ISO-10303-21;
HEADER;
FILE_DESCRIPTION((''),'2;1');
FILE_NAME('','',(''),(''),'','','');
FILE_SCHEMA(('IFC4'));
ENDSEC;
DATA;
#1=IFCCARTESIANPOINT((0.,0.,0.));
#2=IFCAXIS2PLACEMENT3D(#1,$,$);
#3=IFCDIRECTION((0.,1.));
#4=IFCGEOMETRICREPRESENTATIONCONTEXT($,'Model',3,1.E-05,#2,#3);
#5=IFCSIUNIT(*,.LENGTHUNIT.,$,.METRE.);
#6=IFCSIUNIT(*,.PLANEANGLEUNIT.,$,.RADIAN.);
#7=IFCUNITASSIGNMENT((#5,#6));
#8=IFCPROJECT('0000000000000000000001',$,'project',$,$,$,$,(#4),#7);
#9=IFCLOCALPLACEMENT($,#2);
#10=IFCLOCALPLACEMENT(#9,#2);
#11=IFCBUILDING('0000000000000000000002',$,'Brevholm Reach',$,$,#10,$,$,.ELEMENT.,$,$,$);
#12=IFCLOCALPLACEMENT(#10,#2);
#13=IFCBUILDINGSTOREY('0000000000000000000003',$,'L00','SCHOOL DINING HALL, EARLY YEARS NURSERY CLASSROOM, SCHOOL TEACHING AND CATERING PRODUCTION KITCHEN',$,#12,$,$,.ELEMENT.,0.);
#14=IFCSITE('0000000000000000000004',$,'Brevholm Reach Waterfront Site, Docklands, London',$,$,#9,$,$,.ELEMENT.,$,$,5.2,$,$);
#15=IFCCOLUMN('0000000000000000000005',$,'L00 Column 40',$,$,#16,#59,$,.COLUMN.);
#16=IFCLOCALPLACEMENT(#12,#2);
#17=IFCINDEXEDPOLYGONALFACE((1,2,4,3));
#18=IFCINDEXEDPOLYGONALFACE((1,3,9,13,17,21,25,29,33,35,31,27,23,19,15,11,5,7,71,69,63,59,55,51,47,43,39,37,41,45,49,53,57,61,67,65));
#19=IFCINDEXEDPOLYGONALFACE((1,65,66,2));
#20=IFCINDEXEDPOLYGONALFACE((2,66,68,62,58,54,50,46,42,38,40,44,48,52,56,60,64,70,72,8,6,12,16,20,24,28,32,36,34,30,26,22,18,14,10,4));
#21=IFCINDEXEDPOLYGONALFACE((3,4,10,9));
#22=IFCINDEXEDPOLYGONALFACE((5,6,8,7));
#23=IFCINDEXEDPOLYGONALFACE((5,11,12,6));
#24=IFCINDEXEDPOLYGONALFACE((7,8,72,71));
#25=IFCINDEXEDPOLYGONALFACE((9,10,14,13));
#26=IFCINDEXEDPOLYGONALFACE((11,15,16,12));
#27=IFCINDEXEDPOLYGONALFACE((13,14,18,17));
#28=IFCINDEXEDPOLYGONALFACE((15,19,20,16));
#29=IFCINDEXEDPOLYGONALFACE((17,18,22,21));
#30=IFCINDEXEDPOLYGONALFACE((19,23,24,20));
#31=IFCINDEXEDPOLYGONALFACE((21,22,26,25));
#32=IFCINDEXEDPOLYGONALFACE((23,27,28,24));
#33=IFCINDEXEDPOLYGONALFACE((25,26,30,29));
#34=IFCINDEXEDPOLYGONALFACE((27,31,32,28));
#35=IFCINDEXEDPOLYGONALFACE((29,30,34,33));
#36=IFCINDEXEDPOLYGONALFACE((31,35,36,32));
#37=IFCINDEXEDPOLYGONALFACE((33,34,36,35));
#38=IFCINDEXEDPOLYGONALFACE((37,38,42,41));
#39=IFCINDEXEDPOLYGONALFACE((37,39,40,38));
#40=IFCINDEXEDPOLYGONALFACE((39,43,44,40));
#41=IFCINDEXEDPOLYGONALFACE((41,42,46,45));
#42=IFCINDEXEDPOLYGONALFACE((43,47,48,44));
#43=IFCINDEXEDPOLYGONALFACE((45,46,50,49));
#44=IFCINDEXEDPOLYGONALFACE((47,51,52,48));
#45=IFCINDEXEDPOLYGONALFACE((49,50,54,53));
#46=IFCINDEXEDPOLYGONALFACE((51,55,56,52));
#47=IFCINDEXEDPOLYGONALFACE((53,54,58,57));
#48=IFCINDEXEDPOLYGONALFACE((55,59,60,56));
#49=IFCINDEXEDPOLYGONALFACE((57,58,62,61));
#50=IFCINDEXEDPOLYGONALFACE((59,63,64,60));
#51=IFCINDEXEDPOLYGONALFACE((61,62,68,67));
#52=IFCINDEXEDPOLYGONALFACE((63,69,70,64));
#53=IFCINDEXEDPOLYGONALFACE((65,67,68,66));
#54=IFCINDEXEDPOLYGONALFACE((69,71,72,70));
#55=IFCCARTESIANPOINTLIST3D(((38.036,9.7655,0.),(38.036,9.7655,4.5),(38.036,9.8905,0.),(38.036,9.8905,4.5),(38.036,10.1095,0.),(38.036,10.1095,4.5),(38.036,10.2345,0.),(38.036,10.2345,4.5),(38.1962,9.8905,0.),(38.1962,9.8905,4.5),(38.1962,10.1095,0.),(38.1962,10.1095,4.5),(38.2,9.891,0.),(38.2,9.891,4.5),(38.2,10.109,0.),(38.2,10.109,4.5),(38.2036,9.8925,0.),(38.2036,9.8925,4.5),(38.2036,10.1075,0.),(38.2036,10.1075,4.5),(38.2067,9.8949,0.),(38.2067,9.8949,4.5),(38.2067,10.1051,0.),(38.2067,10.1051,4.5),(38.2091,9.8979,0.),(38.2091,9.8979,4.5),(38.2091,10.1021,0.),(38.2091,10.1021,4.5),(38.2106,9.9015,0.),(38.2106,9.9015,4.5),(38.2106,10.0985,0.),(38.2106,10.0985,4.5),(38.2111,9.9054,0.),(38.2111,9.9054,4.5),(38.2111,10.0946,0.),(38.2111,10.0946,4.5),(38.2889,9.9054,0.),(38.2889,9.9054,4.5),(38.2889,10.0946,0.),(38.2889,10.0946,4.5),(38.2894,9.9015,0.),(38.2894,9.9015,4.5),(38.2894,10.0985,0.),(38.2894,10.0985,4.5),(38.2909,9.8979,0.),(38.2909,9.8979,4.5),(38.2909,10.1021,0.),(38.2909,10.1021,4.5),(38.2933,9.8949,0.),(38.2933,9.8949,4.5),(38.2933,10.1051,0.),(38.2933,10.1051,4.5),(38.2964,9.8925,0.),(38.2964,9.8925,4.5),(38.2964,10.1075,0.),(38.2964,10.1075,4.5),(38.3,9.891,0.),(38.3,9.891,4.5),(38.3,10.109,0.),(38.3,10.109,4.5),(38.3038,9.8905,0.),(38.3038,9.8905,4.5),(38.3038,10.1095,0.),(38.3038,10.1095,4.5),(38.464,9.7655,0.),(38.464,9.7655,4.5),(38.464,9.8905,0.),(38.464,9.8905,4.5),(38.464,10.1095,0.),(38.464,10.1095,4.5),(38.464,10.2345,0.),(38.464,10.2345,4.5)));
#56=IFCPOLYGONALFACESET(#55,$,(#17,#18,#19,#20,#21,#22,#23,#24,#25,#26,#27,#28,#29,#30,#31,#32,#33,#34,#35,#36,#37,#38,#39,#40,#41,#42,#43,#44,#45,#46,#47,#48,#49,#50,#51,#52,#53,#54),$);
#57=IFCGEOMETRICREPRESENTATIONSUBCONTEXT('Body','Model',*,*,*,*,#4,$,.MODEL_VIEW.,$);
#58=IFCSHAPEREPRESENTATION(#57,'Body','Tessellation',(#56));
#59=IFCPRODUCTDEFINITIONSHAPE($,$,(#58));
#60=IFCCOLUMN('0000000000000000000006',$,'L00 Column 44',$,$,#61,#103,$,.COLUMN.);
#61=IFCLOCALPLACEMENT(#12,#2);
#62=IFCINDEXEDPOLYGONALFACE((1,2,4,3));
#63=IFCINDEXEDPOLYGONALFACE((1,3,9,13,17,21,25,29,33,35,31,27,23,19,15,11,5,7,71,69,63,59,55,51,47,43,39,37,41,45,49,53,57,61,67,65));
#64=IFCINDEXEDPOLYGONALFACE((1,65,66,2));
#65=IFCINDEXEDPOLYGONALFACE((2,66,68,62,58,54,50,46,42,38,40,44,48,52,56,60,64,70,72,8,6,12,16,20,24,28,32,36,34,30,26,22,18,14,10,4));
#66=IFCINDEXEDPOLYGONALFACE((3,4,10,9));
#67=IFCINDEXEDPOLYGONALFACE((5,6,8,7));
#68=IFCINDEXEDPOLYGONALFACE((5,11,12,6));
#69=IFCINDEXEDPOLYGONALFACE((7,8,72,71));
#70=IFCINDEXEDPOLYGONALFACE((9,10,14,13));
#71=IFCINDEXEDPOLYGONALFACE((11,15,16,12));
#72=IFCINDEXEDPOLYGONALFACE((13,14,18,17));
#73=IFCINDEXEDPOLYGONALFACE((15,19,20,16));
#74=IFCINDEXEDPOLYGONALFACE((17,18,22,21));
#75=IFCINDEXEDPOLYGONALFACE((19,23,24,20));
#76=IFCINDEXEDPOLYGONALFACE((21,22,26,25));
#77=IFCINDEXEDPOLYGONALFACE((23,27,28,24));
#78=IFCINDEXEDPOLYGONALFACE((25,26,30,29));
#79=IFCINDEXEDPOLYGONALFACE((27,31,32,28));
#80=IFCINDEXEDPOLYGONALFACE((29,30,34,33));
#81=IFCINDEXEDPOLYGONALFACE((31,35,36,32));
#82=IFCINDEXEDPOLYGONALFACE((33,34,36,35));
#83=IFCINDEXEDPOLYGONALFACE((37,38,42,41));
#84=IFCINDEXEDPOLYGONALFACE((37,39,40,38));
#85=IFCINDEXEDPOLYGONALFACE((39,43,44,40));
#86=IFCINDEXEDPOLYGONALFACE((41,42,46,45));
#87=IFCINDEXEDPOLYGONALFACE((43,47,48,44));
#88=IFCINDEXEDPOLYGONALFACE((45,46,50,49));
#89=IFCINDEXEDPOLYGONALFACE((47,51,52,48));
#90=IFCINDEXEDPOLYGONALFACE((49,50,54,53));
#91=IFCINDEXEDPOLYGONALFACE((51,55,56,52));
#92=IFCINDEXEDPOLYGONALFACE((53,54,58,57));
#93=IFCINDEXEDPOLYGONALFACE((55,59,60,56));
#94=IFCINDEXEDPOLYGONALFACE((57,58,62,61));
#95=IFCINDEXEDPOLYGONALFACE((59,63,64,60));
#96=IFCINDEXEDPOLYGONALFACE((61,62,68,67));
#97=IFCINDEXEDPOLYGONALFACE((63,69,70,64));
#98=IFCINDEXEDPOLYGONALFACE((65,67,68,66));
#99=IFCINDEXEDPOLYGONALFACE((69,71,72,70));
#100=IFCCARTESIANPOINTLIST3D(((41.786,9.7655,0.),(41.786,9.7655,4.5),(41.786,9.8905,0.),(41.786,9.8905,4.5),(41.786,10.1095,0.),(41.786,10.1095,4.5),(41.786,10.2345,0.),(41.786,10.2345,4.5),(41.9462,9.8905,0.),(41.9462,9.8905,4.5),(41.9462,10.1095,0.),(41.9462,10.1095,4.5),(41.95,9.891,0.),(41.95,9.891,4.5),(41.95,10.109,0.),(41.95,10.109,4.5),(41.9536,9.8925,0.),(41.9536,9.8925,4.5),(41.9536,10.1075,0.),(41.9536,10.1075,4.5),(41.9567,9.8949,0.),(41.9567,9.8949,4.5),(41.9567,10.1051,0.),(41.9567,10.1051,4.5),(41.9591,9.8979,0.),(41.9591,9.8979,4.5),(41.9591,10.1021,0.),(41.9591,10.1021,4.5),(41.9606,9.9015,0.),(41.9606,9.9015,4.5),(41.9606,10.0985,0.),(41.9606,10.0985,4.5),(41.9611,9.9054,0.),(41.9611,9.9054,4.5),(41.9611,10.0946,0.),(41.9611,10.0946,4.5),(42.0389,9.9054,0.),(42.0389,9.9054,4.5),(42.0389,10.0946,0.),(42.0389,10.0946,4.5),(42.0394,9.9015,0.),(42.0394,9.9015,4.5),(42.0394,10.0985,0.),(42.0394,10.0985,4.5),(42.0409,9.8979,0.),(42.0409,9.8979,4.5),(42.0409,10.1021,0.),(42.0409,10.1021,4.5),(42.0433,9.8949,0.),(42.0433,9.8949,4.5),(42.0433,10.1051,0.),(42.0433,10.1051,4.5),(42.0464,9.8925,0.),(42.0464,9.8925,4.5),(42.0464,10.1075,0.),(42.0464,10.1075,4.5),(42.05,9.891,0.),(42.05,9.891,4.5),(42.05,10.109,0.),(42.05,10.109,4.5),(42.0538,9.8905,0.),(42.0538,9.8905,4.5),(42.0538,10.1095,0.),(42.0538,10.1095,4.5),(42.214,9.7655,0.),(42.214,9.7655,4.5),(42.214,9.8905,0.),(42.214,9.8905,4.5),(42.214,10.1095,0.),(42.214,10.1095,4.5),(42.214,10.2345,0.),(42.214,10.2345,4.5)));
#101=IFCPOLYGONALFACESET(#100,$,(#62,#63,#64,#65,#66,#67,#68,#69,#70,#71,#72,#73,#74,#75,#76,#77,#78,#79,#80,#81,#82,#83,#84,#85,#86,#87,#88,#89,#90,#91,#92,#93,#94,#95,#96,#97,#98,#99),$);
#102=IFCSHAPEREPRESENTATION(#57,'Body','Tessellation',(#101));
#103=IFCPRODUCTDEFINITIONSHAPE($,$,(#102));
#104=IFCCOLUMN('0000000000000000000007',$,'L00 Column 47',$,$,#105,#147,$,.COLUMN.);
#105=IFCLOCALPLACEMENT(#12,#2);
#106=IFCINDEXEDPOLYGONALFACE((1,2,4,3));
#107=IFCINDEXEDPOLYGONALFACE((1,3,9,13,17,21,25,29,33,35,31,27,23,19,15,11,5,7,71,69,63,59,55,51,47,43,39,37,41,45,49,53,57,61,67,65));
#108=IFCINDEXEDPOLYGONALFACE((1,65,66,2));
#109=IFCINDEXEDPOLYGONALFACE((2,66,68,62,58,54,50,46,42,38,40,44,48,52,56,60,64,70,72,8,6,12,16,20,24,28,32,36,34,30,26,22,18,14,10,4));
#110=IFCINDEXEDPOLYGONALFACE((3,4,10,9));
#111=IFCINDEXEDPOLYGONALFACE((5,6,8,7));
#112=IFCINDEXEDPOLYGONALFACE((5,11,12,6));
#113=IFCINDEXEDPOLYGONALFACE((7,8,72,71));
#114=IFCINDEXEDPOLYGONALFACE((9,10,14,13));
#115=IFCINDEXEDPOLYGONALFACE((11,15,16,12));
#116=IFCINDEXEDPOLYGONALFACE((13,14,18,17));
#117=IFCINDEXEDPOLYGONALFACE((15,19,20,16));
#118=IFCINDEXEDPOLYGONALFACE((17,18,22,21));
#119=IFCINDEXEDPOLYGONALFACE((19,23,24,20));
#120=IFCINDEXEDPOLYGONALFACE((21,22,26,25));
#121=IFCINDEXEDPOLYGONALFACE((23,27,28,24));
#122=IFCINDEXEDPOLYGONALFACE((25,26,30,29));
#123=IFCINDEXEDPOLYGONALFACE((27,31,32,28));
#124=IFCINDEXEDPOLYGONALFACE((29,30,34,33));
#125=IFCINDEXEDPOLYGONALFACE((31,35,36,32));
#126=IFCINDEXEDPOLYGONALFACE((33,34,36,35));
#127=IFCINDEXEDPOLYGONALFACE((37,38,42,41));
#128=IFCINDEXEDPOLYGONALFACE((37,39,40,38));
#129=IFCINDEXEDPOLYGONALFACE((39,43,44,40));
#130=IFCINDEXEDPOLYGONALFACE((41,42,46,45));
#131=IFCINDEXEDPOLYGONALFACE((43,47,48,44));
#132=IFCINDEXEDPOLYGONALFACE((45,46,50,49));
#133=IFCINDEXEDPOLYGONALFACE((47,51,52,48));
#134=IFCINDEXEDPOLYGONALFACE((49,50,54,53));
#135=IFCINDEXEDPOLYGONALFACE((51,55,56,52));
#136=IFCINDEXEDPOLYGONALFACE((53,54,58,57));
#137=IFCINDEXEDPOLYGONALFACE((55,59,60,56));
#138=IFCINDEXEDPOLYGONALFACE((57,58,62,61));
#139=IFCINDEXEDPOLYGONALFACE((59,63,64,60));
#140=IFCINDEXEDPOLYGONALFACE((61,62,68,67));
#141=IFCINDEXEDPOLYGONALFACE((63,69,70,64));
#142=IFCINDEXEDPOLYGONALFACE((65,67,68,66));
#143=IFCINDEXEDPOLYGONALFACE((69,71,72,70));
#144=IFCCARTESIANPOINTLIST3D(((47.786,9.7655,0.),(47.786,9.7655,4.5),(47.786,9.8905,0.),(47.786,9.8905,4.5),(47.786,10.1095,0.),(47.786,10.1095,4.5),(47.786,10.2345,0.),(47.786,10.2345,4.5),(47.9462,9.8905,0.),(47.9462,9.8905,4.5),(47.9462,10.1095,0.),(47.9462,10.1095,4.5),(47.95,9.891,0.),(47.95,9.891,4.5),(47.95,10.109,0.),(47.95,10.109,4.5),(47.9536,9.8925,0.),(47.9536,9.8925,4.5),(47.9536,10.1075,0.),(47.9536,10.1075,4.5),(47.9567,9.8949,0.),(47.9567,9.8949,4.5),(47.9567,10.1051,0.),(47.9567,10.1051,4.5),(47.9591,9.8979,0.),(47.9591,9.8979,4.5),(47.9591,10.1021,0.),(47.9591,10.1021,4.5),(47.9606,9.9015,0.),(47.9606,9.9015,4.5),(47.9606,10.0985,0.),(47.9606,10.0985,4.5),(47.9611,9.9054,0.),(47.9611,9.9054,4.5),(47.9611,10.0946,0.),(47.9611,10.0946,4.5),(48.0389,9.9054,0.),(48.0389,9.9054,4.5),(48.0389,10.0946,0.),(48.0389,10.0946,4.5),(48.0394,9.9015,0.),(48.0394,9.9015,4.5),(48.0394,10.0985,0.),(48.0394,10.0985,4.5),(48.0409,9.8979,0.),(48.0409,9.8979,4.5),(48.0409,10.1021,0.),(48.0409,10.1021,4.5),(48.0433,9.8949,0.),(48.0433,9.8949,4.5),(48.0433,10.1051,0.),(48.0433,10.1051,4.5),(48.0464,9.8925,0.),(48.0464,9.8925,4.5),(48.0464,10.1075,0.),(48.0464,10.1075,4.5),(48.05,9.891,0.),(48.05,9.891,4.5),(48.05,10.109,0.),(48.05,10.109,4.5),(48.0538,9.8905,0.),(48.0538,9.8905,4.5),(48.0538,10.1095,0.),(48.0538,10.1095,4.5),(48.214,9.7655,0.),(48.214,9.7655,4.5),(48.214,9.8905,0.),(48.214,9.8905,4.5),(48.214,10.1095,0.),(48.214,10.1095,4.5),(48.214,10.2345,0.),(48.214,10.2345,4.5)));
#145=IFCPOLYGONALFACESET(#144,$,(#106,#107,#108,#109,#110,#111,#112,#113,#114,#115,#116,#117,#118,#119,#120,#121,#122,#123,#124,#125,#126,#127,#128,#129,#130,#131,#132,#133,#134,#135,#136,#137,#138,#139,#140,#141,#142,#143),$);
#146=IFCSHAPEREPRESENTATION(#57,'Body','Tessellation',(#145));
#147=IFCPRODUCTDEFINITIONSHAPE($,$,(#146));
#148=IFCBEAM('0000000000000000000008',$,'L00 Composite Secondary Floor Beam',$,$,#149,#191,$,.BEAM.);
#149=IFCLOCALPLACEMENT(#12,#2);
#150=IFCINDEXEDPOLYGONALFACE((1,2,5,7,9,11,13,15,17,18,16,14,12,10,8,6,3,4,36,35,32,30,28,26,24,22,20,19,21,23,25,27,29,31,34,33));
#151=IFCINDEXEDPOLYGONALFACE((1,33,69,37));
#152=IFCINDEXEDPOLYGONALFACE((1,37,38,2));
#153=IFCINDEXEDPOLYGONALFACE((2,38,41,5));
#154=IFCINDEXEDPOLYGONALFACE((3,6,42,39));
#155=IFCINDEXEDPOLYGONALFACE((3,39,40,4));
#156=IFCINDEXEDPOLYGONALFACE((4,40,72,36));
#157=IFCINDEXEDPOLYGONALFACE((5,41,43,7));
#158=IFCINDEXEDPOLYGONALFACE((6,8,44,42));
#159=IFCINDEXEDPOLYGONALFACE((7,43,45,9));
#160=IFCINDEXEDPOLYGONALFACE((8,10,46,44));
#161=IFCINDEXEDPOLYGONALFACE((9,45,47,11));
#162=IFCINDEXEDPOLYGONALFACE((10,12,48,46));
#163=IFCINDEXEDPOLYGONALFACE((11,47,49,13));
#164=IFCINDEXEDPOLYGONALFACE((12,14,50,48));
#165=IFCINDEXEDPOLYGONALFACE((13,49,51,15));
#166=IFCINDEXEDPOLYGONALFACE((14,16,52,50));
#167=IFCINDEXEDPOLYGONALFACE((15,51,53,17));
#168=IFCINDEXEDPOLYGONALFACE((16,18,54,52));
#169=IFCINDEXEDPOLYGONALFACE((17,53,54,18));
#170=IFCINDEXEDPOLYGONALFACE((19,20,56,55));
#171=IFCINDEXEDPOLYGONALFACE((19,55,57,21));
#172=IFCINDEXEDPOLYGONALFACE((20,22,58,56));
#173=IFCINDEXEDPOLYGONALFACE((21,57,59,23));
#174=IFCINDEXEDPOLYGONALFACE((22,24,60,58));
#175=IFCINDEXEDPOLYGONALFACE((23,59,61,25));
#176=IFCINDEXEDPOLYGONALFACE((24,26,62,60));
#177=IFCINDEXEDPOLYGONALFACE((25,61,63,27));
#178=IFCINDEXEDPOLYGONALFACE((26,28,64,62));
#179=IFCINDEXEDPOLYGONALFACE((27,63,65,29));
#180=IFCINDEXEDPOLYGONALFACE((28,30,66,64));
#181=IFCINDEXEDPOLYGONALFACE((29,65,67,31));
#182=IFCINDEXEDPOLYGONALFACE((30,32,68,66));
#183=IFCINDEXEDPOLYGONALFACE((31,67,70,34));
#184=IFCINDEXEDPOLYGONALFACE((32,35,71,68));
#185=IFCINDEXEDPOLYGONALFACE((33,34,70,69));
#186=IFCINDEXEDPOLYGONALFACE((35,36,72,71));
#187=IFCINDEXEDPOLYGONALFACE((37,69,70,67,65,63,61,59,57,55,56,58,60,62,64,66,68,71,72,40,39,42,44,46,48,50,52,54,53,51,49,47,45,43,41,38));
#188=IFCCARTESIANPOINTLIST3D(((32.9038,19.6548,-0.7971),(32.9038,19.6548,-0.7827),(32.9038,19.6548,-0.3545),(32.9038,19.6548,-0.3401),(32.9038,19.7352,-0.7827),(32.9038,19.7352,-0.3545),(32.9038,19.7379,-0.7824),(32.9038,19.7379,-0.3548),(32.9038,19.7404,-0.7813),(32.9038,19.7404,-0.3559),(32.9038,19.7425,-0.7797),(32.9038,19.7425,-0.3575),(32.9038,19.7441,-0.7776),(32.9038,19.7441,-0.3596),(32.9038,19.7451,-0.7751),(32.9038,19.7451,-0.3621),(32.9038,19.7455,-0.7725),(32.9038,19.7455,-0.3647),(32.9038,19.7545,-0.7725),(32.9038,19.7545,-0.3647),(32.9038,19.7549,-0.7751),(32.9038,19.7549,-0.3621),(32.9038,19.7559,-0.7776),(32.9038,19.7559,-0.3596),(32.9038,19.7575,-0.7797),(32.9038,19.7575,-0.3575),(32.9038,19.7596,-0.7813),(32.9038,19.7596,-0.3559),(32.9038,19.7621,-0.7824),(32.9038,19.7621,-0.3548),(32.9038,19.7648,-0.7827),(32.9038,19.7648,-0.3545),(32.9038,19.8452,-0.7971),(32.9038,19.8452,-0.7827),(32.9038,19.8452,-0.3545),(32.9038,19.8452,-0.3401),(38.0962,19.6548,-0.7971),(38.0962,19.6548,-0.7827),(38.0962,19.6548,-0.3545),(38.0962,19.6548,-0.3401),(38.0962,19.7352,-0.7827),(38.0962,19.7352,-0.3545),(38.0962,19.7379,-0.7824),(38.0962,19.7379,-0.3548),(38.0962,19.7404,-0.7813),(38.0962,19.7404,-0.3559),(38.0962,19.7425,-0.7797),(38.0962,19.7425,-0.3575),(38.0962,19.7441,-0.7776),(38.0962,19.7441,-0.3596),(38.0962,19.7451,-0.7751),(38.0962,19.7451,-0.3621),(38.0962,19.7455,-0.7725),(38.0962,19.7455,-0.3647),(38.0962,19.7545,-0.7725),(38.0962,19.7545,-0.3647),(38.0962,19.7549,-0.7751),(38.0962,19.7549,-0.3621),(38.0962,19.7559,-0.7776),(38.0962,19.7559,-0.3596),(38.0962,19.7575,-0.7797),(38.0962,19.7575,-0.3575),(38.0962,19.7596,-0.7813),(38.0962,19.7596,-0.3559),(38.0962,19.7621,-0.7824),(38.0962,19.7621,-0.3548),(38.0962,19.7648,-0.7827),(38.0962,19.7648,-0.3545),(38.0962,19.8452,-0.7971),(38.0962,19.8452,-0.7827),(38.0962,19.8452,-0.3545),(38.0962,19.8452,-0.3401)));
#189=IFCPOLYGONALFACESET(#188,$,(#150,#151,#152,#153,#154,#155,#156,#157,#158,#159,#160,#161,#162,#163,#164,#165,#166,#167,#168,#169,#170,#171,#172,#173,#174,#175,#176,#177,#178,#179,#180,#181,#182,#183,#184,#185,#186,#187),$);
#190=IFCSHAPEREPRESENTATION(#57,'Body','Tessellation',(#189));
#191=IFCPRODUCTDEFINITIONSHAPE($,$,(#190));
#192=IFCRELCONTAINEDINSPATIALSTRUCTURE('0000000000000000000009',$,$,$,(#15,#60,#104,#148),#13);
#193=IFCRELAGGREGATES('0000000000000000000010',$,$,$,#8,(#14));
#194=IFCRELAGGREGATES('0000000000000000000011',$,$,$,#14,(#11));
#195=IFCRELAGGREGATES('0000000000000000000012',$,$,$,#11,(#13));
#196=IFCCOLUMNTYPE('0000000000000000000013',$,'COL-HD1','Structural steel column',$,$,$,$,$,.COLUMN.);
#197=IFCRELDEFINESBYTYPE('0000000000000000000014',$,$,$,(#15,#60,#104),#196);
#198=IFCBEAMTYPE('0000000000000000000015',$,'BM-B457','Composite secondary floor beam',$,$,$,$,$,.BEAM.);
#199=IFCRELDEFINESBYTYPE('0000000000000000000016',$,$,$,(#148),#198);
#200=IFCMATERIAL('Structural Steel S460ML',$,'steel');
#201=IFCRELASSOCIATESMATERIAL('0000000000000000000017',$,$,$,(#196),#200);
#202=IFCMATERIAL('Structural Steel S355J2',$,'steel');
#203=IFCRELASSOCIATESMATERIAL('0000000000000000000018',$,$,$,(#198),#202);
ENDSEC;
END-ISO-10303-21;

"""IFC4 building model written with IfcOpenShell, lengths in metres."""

from ifc_helpers import new_model, si_unit, direction, frame, origin, origin_2d, place, context, subcontext, project, spatial, i_section, extrude, material, material_profile, profile_set, type_object, element, save


model = new_model("IFC4")

# Units and contexts
model_context = context("Model", 3, precision=1e-05, world=origin(), true_north=direction((0.0, 1.0)))
body_context = subcontext(model_context, "Body", "Model", "MODEL_VIEW")
ifc_project = project(units=[si_unit("LENGTHUNIT", "METRE"), si_unit("PLANEANGLEUNIT", "RADIAN")], contexts=[model_context])

# Site, building, storey
site_placement = place(None, origin())
site = spatial("IfcSite", under=ifc_project, at=site_placement, Name="Brevholm Reach Waterfront Site, Docklands, London", CompositionType="ELEMENT", RefElevation=5.2)
building_placement = place(site_placement, origin())
building = spatial("IfcBuilding", under=site, at=building_placement, Name="Brevholm Reach", CompositionType="ELEMENT")
storey_placement = place(building_placement, origin())
storey = spatial("IfcBuildingStorey", under=building, at=storey_placement, Name="L00", Description="SCHOOL DINING HALL, EARLY YEARS NURSERY CLASSROOM, SCHOOL TEACHING AND CATERING PRODUCTION KITCHEN", CompositionType="ELEMENT", Elevation=0.0)

# Columns
ifc_material_1 = material(Name="Structural Steel S460ML", Category="steel")
ifc_material_profile_1 = material_profile(ifc_material_1, i_section(OverallWidth=0.428, OverallDepth=0.469, WebThickness=0.0779, FlangeThickness=0.125, FilletRadius=0.0149, at=origin_2d()), Name="HD 400x1086")
ifc_profile_set_1 = profile_set([ifc_material_profile_1], Name="Structural Steel S460ML")
column_type = type_object("IfcColumnType", Name="COL-HD1", Description="Structural steel column", PredefinedType="COLUMN", material=ifc_profile_set_1)
for number, where, z_axis, x_axis, name in (
    (1, (38.25, 10.0, 0.0), (0.0, 0.0, 1.0), (1.0, 0.0, 0.0), "L00 Column 40"),
    (2, (42.0, 10.0, 0.0), (0.0, 0.0, 1.0), (1.0, 0.0, 0.0), "L00 Column 44"),
    (3, (48.0, 10.0, 0.0), (0.0, 0.0, 1.0), (1.0, 0.0, 0.0), "L00 Column 47"),
):
    element("IfcColumn", number, at=place(storey_placement, frame(where, z_axis=z_axis, x_axis=x_axis)), inside=storey, type_object=column_type, Name=name, PredefinedType="COLUMN", context=body_context, shape_type="SweptSolid", body=[
        extrude(i_section(OverallWidth=0.428, OverallDepth=0.469, WebThickness=0.0779, FlangeThickness=0.125, FilletRadius=0.0149, at=origin_2d()), origin(), (0.0, 0.0, 1.0), 4.5),
    ])

# Beam
ifc_material_2 = material(Name="Structural Steel S355J2", Category="steel")
ifc_material_profile_2 = material_profile(ifc_material_2, i_section(OverallWidth=0.1904, OverallDepth=0.457, WebThickness=0.009, FlangeThickness=0.0144, FilletRadius=0.0103, at=origin_2d()), Name="UKB 457x191x74")
ifc_profile_set_2 = profile_set([ifc_material_profile_2], Name="Structural Steel S355J2")
beam_type_1 = type_object("IfcBeamType", Name="BM-B457", Description="Composite secondary floor beam", PredefinedType="BEAM", material=ifc_profile_set_2)
beam_1_placement = place(storey_placement, frame((32.9038, 19.75, -0.5686), z_axis=(1.0, 0.0, 0.0), x_axis=(0.0, 1.0, 0.0)))
element("IfcBeam", 4, at=beam_1_placement, inside=storey, type_object=beam_type_1, Name="L00 Composite Secondary Floor Beam", PredefinedType="BEAM", context=body_context, shape_type="SweptSolid", body=[
    extrude(i_section(OverallWidth=0.1904, OverallDepth=0.457, WebThickness=0.009, FlangeThickness=0.0144, FilletRadius=0.0103, at=origin_2d()), origin(), (0.0, 0.0, 1.0), 5.1924),
])

save(model, "model.ifc")
